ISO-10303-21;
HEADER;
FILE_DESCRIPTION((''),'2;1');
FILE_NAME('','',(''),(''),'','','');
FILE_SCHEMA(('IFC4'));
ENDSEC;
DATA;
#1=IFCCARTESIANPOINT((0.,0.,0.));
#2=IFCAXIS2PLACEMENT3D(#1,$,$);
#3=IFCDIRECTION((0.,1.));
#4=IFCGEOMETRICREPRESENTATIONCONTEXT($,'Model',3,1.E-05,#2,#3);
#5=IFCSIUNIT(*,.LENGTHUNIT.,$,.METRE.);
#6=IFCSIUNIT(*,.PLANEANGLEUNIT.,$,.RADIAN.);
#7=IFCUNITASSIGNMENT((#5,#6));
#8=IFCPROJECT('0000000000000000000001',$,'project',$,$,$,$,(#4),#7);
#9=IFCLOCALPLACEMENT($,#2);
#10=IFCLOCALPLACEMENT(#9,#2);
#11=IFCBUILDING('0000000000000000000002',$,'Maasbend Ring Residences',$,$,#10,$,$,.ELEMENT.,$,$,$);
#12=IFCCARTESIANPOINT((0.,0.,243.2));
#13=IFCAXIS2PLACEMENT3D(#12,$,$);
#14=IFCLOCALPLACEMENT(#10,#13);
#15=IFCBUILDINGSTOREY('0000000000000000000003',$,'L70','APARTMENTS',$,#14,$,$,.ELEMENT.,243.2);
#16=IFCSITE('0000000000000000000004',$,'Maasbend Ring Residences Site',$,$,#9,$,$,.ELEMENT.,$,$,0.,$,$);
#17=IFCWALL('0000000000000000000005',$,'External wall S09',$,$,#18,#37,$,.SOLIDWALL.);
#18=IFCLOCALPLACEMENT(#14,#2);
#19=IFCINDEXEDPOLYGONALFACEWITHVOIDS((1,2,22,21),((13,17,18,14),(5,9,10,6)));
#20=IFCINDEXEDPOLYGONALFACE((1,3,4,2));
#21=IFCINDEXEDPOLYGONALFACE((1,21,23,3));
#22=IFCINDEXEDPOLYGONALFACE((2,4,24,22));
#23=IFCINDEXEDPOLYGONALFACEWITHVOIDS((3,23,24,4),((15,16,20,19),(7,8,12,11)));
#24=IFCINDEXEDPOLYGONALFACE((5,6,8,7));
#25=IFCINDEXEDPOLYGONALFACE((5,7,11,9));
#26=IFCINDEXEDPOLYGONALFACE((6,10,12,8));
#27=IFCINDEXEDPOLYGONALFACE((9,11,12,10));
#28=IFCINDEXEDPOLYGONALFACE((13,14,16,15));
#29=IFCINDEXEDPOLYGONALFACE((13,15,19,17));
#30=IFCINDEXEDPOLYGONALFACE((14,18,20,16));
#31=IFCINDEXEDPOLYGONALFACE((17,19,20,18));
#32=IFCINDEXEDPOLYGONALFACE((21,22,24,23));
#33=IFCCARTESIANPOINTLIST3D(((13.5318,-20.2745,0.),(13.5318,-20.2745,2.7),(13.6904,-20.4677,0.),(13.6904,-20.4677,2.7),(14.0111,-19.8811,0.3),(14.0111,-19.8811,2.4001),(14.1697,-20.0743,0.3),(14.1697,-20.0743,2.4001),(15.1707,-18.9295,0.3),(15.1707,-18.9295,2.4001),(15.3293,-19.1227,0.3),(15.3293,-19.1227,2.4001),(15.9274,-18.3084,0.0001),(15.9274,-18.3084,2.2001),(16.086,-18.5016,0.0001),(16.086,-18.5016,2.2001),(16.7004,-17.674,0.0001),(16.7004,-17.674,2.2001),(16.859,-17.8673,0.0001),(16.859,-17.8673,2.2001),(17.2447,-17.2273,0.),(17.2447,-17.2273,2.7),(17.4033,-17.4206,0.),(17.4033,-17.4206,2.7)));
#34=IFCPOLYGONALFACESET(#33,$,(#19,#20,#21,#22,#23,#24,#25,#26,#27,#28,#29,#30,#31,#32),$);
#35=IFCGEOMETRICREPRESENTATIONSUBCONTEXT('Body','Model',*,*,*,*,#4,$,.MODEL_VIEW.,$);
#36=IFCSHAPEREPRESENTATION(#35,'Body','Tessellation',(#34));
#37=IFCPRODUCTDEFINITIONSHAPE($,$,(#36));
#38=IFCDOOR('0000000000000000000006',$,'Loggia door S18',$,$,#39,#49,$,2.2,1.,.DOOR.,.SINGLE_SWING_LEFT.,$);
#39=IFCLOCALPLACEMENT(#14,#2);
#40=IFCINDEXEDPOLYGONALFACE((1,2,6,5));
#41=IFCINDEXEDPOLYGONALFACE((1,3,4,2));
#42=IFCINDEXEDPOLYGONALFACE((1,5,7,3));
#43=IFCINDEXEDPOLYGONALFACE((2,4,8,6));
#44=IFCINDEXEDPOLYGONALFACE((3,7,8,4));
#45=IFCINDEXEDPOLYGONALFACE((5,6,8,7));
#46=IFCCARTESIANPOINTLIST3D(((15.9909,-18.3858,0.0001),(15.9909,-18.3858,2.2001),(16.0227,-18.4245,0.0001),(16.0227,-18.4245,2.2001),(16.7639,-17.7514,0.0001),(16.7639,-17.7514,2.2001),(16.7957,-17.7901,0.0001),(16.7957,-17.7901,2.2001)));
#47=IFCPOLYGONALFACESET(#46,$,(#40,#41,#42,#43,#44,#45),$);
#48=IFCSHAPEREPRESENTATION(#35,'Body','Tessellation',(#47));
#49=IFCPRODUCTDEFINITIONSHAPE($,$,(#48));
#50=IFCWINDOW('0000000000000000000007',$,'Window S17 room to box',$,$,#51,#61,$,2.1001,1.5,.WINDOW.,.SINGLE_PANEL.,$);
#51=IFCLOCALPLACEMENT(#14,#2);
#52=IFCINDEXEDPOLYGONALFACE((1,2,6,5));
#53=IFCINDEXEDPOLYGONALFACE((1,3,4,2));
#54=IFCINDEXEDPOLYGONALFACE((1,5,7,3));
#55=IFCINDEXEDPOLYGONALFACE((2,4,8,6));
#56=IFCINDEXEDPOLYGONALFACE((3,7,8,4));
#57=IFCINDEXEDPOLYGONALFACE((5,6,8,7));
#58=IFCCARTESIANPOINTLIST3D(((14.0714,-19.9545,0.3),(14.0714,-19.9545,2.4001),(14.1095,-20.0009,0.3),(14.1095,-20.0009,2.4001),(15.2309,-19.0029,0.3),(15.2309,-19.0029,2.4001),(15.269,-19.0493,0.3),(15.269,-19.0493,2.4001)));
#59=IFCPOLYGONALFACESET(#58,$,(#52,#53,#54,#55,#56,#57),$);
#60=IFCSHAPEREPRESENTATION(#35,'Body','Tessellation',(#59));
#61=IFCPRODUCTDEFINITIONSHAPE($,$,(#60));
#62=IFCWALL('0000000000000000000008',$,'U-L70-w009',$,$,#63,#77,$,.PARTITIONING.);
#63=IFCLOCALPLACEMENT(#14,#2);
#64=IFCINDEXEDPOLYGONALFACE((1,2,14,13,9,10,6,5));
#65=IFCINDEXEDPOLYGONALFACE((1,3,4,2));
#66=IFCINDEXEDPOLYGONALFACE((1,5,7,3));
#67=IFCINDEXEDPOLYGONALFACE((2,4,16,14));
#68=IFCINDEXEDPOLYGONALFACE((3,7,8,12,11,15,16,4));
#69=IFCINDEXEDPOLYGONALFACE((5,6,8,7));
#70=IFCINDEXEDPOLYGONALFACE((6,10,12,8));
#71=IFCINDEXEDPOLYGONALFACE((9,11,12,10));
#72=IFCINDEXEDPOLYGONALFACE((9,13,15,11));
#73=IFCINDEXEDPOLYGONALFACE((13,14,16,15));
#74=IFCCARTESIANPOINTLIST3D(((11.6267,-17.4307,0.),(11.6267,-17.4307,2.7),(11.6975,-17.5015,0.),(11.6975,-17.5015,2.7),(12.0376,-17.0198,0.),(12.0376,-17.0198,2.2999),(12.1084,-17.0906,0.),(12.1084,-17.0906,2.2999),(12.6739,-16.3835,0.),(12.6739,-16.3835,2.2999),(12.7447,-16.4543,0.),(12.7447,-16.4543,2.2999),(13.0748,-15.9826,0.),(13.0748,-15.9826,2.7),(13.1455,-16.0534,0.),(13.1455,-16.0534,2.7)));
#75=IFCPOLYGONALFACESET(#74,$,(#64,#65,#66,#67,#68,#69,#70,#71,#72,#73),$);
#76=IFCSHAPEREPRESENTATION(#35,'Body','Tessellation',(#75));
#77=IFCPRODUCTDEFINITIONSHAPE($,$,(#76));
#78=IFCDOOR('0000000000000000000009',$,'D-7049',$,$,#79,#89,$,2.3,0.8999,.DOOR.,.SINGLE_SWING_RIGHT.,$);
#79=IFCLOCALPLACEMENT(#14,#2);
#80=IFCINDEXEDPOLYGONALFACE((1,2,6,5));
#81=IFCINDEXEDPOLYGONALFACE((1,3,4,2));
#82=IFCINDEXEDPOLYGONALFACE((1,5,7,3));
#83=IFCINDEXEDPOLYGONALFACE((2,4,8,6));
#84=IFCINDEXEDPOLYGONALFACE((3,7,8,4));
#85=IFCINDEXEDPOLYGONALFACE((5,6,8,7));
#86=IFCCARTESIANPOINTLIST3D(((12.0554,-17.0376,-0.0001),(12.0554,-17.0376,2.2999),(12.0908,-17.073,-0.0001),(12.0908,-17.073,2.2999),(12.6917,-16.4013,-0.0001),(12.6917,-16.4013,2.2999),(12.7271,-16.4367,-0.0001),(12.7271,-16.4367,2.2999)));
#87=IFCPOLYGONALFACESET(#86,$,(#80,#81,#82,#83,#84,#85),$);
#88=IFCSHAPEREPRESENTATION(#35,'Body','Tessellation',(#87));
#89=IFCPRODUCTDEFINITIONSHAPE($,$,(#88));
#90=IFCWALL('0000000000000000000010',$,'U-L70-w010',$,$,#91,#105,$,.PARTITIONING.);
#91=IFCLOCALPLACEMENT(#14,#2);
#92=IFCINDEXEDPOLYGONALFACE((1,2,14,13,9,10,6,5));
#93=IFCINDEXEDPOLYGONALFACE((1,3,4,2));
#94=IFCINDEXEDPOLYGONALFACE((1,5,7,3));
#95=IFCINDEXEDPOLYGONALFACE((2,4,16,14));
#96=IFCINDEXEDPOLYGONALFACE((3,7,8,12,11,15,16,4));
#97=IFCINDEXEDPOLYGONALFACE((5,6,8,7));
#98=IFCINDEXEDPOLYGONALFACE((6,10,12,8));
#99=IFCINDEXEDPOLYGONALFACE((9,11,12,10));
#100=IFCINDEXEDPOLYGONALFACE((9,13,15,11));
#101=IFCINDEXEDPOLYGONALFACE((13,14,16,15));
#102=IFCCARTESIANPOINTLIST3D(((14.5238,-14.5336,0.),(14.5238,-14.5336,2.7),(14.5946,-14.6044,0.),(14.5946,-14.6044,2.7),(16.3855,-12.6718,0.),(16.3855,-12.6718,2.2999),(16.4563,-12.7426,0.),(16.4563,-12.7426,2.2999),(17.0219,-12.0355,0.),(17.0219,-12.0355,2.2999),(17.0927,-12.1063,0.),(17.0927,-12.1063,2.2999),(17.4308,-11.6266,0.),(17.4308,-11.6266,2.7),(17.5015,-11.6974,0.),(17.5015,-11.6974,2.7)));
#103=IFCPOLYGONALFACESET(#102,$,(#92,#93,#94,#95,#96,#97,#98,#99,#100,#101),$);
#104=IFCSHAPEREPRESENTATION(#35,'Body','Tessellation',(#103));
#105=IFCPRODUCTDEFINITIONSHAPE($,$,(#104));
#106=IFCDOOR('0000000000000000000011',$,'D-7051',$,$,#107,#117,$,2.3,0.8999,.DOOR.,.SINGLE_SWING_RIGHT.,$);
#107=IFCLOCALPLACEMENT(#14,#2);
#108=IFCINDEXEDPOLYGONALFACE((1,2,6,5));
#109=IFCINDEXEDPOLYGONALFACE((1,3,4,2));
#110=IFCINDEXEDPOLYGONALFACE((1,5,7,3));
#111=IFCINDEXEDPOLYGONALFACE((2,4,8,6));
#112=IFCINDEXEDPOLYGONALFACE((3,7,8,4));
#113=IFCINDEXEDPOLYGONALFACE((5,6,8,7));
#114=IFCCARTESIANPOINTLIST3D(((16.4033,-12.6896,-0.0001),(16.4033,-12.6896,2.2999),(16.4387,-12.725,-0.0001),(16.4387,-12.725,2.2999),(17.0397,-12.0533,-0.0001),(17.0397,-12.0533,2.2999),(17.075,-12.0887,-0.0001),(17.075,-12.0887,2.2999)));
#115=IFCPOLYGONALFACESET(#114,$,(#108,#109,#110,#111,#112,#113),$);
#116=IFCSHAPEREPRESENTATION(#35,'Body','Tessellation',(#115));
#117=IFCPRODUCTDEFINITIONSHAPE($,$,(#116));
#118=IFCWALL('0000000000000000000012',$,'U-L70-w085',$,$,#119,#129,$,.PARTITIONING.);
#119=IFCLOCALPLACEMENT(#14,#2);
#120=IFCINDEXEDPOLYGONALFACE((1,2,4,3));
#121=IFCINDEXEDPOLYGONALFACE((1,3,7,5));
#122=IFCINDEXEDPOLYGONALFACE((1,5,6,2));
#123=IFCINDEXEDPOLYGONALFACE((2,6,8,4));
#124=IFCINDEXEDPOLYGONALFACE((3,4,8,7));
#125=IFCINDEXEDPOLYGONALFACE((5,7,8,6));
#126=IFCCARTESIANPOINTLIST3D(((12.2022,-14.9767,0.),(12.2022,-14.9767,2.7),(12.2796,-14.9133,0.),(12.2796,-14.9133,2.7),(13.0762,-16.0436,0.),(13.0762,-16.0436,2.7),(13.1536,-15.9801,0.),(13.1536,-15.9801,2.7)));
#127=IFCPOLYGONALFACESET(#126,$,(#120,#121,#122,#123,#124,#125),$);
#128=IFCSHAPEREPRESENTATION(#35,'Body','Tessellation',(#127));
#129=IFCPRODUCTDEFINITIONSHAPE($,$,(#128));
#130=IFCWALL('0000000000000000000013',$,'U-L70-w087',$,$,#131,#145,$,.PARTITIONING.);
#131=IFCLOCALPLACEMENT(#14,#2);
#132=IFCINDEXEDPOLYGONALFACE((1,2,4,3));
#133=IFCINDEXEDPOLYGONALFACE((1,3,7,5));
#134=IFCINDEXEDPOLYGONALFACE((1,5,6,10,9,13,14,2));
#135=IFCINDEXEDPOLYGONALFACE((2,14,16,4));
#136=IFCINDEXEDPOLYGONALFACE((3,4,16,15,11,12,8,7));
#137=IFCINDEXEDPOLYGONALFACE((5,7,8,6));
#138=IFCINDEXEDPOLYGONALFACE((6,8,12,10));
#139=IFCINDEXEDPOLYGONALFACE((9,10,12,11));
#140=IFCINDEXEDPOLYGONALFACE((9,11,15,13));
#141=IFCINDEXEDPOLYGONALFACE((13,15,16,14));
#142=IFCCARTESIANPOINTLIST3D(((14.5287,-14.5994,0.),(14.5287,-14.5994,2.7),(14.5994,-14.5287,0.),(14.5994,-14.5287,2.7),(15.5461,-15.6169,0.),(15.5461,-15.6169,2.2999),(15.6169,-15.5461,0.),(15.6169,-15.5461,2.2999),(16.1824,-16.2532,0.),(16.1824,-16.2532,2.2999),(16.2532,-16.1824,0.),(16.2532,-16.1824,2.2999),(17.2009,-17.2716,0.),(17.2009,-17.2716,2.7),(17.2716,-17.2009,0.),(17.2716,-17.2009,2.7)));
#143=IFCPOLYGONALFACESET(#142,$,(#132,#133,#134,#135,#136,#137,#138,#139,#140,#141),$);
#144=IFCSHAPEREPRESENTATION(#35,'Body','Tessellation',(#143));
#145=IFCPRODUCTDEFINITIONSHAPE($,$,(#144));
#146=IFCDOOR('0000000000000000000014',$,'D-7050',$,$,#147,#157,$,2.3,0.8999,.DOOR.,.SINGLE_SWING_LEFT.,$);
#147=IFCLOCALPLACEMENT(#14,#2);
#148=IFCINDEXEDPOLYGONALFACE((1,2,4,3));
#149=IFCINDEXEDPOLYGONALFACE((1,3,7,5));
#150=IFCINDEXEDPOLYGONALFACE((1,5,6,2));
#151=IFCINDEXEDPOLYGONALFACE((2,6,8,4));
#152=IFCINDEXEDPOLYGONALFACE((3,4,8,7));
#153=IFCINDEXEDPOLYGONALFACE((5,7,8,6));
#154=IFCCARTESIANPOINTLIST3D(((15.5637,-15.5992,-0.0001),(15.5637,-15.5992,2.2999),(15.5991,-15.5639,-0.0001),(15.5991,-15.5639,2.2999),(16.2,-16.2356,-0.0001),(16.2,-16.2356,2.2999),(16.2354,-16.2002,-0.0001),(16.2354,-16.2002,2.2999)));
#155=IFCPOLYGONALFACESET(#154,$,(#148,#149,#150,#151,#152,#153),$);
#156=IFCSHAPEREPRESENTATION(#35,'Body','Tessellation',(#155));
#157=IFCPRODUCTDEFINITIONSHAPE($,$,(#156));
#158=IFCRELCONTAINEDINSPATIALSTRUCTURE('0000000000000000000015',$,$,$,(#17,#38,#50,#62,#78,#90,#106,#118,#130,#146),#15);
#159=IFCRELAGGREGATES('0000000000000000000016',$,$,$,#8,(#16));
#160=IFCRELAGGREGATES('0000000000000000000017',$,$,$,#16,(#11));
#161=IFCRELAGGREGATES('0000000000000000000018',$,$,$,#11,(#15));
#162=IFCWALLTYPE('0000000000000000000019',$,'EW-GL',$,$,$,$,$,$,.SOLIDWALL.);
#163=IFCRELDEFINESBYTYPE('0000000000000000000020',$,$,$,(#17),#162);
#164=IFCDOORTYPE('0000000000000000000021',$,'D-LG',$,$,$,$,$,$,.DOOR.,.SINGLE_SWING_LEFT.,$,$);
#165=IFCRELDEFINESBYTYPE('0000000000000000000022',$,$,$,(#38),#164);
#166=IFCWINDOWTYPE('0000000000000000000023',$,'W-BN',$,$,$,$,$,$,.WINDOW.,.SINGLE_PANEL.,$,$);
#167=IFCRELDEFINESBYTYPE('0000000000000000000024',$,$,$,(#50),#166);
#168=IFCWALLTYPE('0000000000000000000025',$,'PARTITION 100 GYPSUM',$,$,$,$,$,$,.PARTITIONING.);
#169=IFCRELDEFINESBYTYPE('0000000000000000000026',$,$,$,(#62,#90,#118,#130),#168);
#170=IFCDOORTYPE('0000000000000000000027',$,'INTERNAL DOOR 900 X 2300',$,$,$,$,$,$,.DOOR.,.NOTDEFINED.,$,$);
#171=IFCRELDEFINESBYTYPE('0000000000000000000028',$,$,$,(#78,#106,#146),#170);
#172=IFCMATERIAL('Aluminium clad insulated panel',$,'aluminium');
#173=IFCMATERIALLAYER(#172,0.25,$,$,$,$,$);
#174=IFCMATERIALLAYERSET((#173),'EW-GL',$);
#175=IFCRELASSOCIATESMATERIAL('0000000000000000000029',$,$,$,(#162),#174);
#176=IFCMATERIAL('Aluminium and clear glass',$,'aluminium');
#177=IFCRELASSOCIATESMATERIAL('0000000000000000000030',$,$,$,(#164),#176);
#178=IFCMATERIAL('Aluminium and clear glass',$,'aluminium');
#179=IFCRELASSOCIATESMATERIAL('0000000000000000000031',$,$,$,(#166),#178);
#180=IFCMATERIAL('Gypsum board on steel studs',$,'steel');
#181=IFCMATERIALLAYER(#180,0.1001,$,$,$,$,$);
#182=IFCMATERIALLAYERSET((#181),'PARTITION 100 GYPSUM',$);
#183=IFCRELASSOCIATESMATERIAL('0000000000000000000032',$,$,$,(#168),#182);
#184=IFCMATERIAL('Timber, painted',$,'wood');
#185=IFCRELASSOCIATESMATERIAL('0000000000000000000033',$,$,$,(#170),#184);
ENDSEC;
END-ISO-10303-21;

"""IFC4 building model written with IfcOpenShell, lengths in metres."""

from ifc_helpers import new_model, si_unit, direction, frame, frame_2d, origin, place, context, subcontext, project, spatial, rectangle, extrude, material, layer, layer_set, type_object, element, fill, save


model = new_model("IFC4")

# Units and contexts
model_context = context("Model", 3, precision=1e-05, world=origin(), true_north=direction((0.0, 1.0)))
body_context = subcontext(model_context, "Body", "Model", "MODEL_VIEW")
ifc_project = project(units=[si_unit("LENGTHUNIT", "METRE"), si_unit("PLANEANGLEUNIT", "RADIAN")], contexts=[model_context])

# Site, building, storey
site_placement = place(None, origin())
site = spatial("IfcSite", under=ifc_project, at=site_placement, Name="Maasbend Ring Residences Site", CompositionType="ELEMENT", RefElevation=0.0)
building_placement = place(site_placement, origin())
building = spatial("IfcBuilding", under=site, at=building_placement, Name="Maasbend Ring Residences", CompositionType="ELEMENT")
storey_placement = place(building_placement, frame((0.0, 0.0, 243.2)))
storey = spatial("IfcBuildingStorey", under=building, at=storey_placement, Name="L70", Description="APARTMENTS", CompositionType="ELEMENT", Elevation=243.2)

# Wall, openings, door, window
ifc_material_1 = material(Name="Aluminium clad insulated panel", Category="aluminium")
ifc_layer_1 = layer(ifc_material_1, 0.25)
ifc_layer_set_1 = layer_set([ifc_layer_1], Name="EW-GL")
wall_type_1 = type_object("IfcWallType", Name="EW-GL", PredefinedType="SOLIDWALL", material=ifc_layer_set_1)
wall_1_placement = place(storey_placement, frame((13.6111, -20.3711, 0.0), z_axis=(0.0, 0.0, 1.0), x_axis=(0.773008, 0.634397, 0.0)))
wall_1 = element("IfcWall", 1, at=wall_1_placement, inside=storey, type_object=wall_type_1, Name="External wall S09", PredefinedType="SOLIDWALL", context=body_context, shape_type="SweptSolid", body=[
    extrude(rectangle(XDim=4.8032, YDim=0.25, at=frame_2d((2.4016, 0.0))), origin(), (0.0, 0.0, 1.0), 2.7),
])
opening_1_placement = place(wall_1_placement, frame((0.6201, 0.0, 0.3)))
opening_1 = element("IfcOpeningElement", 2, at=opening_1_placement, cuts=wall_1, PredefinedType="OPENING", context=body_context, shape_type="SweptSolid", body=[
    extrude(rectangle(XDim=1.5, YDim=2.1001, at=frame_2d((0.75, 1.05))), frame((0.0, 0.135, 0.0), z_axis=(0.0, -1.0, 0.0), x_axis=(1.0, 0.0, 0.0)), (0.0, 0.0, 1.0), 0.27),
])
opening_2_placement = place(wall_1_placement, frame((3.0991, 0.0, 0.0)))
opening_2 = element("IfcOpeningElement", 3, at=opening_2_placement, cuts=wall_1, PredefinedType="OPENING", context=body_context, shape_type="SweptSolid", body=[
    extrude(rectangle(XDim=1.0, YDim=2.2, at=frame_2d((0.5, 1.1001))), frame((0.0, 0.135, 0.0), z_axis=(0.0, -1.0, 0.0), x_axis=(1.0, 0.0, 0.0)), (0.0, 0.0, 1.0), 0.27),
])
ifc_material_2 = material(Name="Aluminium and clear glass", Category="aluminium")
door_type_1 = type_object("IfcDoorType", Name="D-LG", OperationType="SINGLE_SWING_LEFT", PredefinedType="DOOR", material=ifc_material_2)
door_1_placement = place(opening_2_placement, origin())
door_1 = element("IfcDoor", 4, at=door_1_placement, inside=storey, type_object=door_type_1, Name="Loggia door S18", OperationType="SINGLE_SWING_LEFT", OverallHeight=2.2, OverallWidth=1.0, PredefinedType="DOOR", context=body_context, shape_type="SweptSolid", body=[
    extrude(rectangle(XDim=1.0, YDim=2.2, at=frame_2d((0.5, 1.1001))), frame((0.0, 0.0249, 0.0), z_axis=(0.0, -1.0, 0.0), x_axis=(1.0, 0.0, 0.0)), (0.0, 0.0, 1.0), 0.05),
])
fill(opening_2, door_1)
ifc_material_3 = material(Name="Aluminium and clear glass", Category="aluminium")
window_type = type_object("IfcWindowType", Name="W-BN", PartitioningType="SINGLE_PANEL", PredefinedType="WINDOW", material=ifc_material_3)
window_placement = place(opening_1_placement, origin())
window = element("IfcWindow", 5, at=window_placement, inside=storey, type_object=window_type, Name="Window S17 room to box", OverallHeight=2.1001, OverallWidth=1.5, PartitioningType="SINGLE_PANEL", PredefinedType="WINDOW", context=body_context, shape_type="SweptSolid", body=[
    extrude(rectangle(XDim=1.5, YDim=2.1001, at=frame_2d((0.75, 1.05))), frame((0.0, 0.03, 0.0), z_axis=(0.0, -1.0, 0.0), x_axis=(1.0, 0.0, 0.0)), (0.0, 0.0, 1.0), 0.0601),
])
fill(opening_1, window)

# Walls, openings, doors
ifc_material_4 = material(Name="Gypsum board on steel studs", Category="steel")
ifc_layer_2 = layer(ifc_material_4, 0.1001)
ifc_layer_set_2 = layer_set([ifc_layer_2], Name="PARTITION 100 GYPSUM")
wall_type_2 = type_object("IfcWallType", Name="PARTITION 100 GYPSUM", PredefinedType="PARTITIONING", material=ifc_layer_set_2)
wall_2_placement = place(storey_placement, frame((11.6621, -17.4661, 0.0), z_axis=(0.0, 0.0, 1.0), x_axis=(0.707107, 0.707107, 0.0)))
wall_2 = element("IfcWall", 6, at=wall_2_placement, inside=storey, type_object=wall_type_2, Name="U-L70-w009", PredefinedType="PARTITIONING", context=body_context, shape_type="SweptSolid", body=[
    extrude(rectangle(XDim=2.0479, YDim=0.1001, at=frame_2d((1.0239, 0.0))), origin(), (0.0, 0.0, 1.0), 2.7),
])
opening_3_placement = place(wall_2_placement, frame((0.5811, 0.0, 0.0)))
opening_3 = element("IfcOpeningElement", 7, at=opening_3_placement, cuts=wall_2, PredefinedType="OPENING", context=body_context, shape_type="SweptSolid", body=[
    extrude(rectangle(XDim=0.8999, YDim=2.3, at=frame_2d((0.45, 1.1499))), frame((0.0, 0.0601, 0.0), z_axis=(0.0, -1.0, 0.0), x_axis=(1.0, 0.0, 0.0)), (0.0, 0.0, 1.0), 0.1201),
])
ifc_material_5 = material(Name="Timber, painted", Category="wood")
door_type_2 = type_object("IfcDoorType", Name="INTERNAL DOOR 900 X 2300", OperationType="NOTDEFINED", PredefinedType="DOOR", material=ifc_material_5)
door_2_placement = place(opening_3_placement, origin())
door_2 = element("IfcDoor", 8, at=door_2_placement, inside=storey, type_object=door_type_2, Name="D-7049", OperationType="SINGLE_SWING_RIGHT", OverallHeight=2.3, OverallWidth=0.8999, PredefinedType="DOOR", context=body_context, shape_type="SweptSolid", body=[
    extrude(rectangle(XDim=0.8999, YDim=2.3, at=frame_2d((0.45, 1.1499))), frame((0.0, 0.0249, 0.0), z_axis=(0.0, -1.0, 0.0), x_axis=(1.0, 0.0, 0.0)), (0.0, 0.0, 1.0), 0.05),
])
fill(opening_3, door_2)
wall_3_placement = place(storey_placement, frame((14.5591, -14.5691, 0.0), z_axis=(0.0, 0.0, 1.0), x_axis=(0.707107, 0.707107, 0.0)))
wall_3 = element("IfcWall", 9, at=wall_3_placement, inside=storey, type_object=wall_type_2, Name="U-L70-w010", PredefinedType="PARTITIONING", context=body_context, shape_type="SweptSolid", body=[
    extrude(rectangle(XDim=4.1111, YDim=0.1001, at=frame_2d((2.0557, 0.0))), origin(), (0.0, 0.0, 1.0), 2.7),
])
opening_4_placement = place(wall_3_placement, frame((2.6331, 0.0, 0.0)))
opening_4 = element("IfcOpeningElement", 10, at=opening_4_placement, cuts=wall_3, PredefinedType="OPENING", context=body_context, shape_type="SweptSolid", body=[
    extrude(rectangle(XDim=0.8999, YDim=2.3, at=frame_2d((0.45, 1.1499))), frame((0.0, 0.0601, 0.0), z_axis=(0.0, -1.0, 0.0), x_axis=(1.0, 0.0, 0.0)), (0.0, 0.0, 1.0), 0.1201),
])
door_3_placement = place(opening_4_placement, origin())
door_3 = element("IfcDoor", 11, at=door_3_placement, inside=storey, type_object=door_type_2, Name="D-7051", OperationType="SINGLE_SWING_RIGHT", OverallHeight=2.3, OverallWidth=0.8999, PredefinedType="DOOR", context=body_context, shape_type="SweptSolid", body=[
    extrude(rectangle(XDim=0.8999, YDim=2.3, at=frame_2d((0.45, 1.1499))), frame((0.0, 0.0249, 0.0), z_axis=(0.0, -1.0, 0.0), x_axis=(1.0, 0.0, 0.0)), (0.0, 0.0, 1.0), 0.05),
])
fill(opening_4, door_3)

# Wall
wall_4_placement = place(storey_placement, frame((12.241, -14.9451, 0.0), z_axis=(0.0, 0.0, 1.0), x_axis=(0.63372, -0.773563, 0.0)))
element("IfcWall", 12, at=wall_4_placement, inside=storey, type_object=wall_type_2, Name="U-L70-w085", PredefinedType="PARTITIONING", context=body_context, shape_type="SweptSolid", body=[
    extrude(rectangle(XDim=1.3792, YDim=0.1001, at=frame_2d((0.6895, 0.0))), origin(), (0.0, 0.0, 1.0), 2.7),
])

# Wall, opening, door
wall_5_placement = place(storey_placement, frame((14.564, -14.564, 0.0), z_axis=(0.0, 0.0, 1.0), x_axis=(0.707107, -0.707107, 0.0)))
wall_5 = element("IfcWall", 13, at=wall_5_placement, inside=storey, type_object=wall_type_2, Name="U-L70-w087", PredefinedType="PARTITIONING", context=body_context, shape_type="SweptSolid", body=[
    extrude(rectangle(XDim=3.7791, YDim=0.1001, at=frame_2d((1.8896, 0.0))), origin(), (0.0, 0.0, 1.0), 2.7),
])
opening_5_placement = place(wall_5_placement, frame((1.439, 0.0, 0.0)))
opening_5 = element("IfcOpeningElement", 14, at=opening_5_placement, cuts=wall_5, PredefinedType="OPENING", context=body_context, shape_type="SweptSolid", body=[
    extrude(rectangle(XDim=0.8999, YDim=2.3, at=frame_2d((0.45, 1.1499))), frame((0.0, 0.0601, 0.0), z_axis=(0.0, -1.0, 0.0), x_axis=(1.0, 0.0, 0.0)), (0.0, 0.0, 1.0), 0.1201),
])
door_4_placement = place(opening_5_placement, origin())
door_4 = element("IfcDoor", 15, at=door_4_placement, inside=storey, type_object=door_type_2, Name="D-7050", OperationType="SINGLE_SWING_LEFT", OverallHeight=2.3, OverallWidth=0.8999, PredefinedType="DOOR", context=body_context, shape_type="SweptSolid", body=[
    extrude(rectangle(XDim=0.8999, YDim=2.3, at=frame_2d((0.45, 1.1499))), frame((0.0, 0.0249, 0.0), z_axis=(0.0, -1.0, 0.0), x_axis=(1.0, 0.0, 0.0)), (0.0, 0.0, 1.0), 0.05),
])
fill(opening_5, door_4)

save(model, "model.ifc")
